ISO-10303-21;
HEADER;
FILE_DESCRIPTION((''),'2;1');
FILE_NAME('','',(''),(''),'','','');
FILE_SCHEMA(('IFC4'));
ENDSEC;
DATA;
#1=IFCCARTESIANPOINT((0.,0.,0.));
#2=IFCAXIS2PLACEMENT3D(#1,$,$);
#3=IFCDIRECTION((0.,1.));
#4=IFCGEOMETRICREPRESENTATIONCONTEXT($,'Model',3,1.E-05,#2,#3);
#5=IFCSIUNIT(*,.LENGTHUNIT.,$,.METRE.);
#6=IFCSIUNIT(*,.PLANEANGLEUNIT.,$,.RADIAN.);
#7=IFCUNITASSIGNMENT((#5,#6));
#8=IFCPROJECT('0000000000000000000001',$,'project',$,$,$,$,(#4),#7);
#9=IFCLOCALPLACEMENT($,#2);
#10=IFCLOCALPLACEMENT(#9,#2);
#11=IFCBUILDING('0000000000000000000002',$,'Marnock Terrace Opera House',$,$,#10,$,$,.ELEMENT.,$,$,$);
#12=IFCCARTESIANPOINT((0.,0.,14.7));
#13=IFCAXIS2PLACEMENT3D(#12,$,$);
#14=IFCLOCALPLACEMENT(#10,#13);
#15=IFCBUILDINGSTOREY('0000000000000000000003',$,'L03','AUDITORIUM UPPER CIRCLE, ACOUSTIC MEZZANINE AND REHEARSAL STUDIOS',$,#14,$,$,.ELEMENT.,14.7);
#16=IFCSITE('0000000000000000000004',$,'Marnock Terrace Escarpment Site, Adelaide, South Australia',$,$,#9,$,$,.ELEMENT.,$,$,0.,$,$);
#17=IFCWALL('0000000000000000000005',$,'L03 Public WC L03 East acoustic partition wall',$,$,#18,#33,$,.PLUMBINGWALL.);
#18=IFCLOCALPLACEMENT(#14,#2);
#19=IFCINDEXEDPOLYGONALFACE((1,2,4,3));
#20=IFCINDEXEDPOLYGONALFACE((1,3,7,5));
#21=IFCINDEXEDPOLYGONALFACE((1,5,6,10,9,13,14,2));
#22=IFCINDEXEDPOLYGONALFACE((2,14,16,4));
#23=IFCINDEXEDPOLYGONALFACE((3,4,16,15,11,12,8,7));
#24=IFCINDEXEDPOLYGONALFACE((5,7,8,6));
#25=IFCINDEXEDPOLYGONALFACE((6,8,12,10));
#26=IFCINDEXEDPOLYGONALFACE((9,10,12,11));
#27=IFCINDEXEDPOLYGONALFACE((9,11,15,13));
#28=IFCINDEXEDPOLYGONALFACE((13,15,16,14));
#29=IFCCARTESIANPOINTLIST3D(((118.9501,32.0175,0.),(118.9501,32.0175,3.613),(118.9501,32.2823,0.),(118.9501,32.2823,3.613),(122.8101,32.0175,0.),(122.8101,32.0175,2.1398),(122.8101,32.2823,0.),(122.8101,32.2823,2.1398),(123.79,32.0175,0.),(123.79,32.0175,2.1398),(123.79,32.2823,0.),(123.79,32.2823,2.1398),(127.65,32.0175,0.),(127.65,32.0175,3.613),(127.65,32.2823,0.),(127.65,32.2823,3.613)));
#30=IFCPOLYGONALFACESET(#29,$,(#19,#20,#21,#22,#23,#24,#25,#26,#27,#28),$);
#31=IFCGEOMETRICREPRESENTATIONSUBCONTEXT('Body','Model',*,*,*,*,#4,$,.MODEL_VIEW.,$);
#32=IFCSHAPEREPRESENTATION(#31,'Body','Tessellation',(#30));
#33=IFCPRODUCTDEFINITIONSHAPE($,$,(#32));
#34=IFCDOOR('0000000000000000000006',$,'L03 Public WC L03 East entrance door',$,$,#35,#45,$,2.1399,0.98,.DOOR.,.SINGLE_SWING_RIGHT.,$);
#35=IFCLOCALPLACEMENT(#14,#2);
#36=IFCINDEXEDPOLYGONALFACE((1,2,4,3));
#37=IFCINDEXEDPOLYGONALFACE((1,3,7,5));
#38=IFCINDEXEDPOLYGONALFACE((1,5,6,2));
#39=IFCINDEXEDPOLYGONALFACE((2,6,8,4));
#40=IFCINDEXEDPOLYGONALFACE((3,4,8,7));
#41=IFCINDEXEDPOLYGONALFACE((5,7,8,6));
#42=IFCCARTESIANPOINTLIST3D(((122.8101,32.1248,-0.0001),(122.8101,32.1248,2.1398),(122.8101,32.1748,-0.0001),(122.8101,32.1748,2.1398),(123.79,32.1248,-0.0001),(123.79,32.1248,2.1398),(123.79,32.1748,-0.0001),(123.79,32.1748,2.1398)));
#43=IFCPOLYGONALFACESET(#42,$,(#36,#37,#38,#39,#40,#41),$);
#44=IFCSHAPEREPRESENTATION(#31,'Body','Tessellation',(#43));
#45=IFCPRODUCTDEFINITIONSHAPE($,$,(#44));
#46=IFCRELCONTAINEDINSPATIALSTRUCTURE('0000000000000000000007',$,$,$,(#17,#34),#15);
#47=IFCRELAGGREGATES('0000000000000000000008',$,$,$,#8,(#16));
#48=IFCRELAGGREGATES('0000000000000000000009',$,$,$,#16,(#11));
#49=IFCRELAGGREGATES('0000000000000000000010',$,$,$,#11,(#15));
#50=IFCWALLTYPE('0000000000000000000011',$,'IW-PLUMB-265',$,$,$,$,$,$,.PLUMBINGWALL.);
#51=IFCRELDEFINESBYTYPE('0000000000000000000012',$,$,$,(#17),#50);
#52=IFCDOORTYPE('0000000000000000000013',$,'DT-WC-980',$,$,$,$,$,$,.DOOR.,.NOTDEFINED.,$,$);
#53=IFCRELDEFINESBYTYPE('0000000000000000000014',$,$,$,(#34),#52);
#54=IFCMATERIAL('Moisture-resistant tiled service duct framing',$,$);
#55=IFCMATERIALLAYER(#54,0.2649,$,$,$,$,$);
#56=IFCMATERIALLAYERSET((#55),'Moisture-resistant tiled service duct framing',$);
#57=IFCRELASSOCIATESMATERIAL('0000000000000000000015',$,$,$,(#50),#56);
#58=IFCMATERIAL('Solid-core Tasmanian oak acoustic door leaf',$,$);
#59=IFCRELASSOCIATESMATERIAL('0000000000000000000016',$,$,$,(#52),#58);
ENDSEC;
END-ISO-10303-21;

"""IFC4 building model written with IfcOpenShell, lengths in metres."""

from ifc_helpers import new_model, si_unit, direction, frame, frame_2d, origin, place, context, subcontext, project, spatial, rectangle, extrude, material, layer, layer_set, type_object, element, fill, save


model = new_model("IFC4")

# Units and contexts
model_context = context("Model", 3, precision=1e-05, world=origin(), true_north=direction((0.0, 1.0)))
body_context = subcontext(model_context, "Body", "Model", "MODEL_VIEW")
ifc_project = project(units=[si_unit("LENGTHUNIT", "METRE"), si_unit("PLANEANGLEUNIT", "RADIAN")], contexts=[model_context])

# Site, building, storey
site_placement = place(None, origin())
site = spatial("IfcSite", under=ifc_project, at=site_placement, Name="Marnock Terrace Escarpment Site, Adelaide, South Australia", CompositionType="ELEMENT", RefElevation=0.0)
building_placement = place(site_placement, origin())
building = spatial("IfcBuilding", under=site, at=building_placement, Name="Marnock Terrace Opera House", CompositionType="ELEMENT")
storey_placement = place(building_placement, frame((0.0, 0.0, 14.7)))
storey = spatial("IfcBuildingStorey", under=building, at=storey_placement, Name="L03", Description="AUDITORIUM UPPER CIRCLE, ACOUSTIC MEZZANINE AND REHEARSAL STUDIOS", CompositionType="ELEMENT", Elevation=14.7)

# Wall, opening, door
ifc_material_1 = material(Name="Solid-core Tasmanian oak acoustic door leaf")
ifc_material_2 = material(Name="Moisture-resistant tiled service duct framing")
ifc_layer_1 = layer(ifc_material_2, 0.2649)
ifc_layer_set_1 = layer_set([ifc_layer_1], Name="Moisture-resistant tiled service duct framing")
wall_type_1 = type_object("IfcWallType", Name="IW-PLUMB-265", PredefinedType="PLUMBINGWALL", material=ifc_layer_set_1)
wall_1_placement = place(storey_placement, frame((118.95, 32.1499, 0.0), z_axis=(0.0, 0.0, 1.0), x_axis=(1.0, 0.0, 0.0)))
wall_1 = element("IfcWall", 1, at=wall_1_placement, inside=storey, type_object=wall_type_1, Name="L03 Public WC L03 East acoustic partition wall", PredefinedType="PLUMBINGWALL", context=body_context, shape_type="SweptSolid", body=[
    extrude(rectangle(XDim=8.7, YDim=0.2649, at=frame_2d((4.3501, 0.0))), origin(), (0.0, 0.0, 1.0), 3.613),
])
opening_1_placement = place(wall_1_placement, frame((3.8601, 0.0, 0.0)))
opening_1 = element("IfcOpeningElement", 2, at=opening_1_placement, cuts=wall_1, PredefinedType="OPENING", context=body_context, shape_type="SweptSolid", body=[
    extrude(rectangle(XDim=0.98, YDim=2.1399, at=frame_2d((0.49, 1.0698))), frame((0.0, 0.1423, 0.0), z_axis=(0.0, -1.0, 0.0), x_axis=(1.0, 0.0, 0.0)), (0.0, 0.0, 1.0), 0.2849),
])
door_type_1 = type_object("IfcDoorType", Name="DT-WC-980", OperationType="NOTDEFINED", PredefinedType="DOOR", material=ifc_material_1)
door_1_placement = place(opening_1_placement, origin())
door_1 = element("IfcDoor", 3, at=door_1_placement, inside=storey, type_object=door_type_1, Name="L03 Public WC L03 East entrance door", OperationType="SINGLE_SWING_RIGHT", OverallHeight=2.1399, OverallWidth=0.98, PredefinedType="DOOR", context=body_context, shape_type="SweptSolid", body=[
    extrude(rectangle(XDim=0.98, YDim=2.1399, at=frame_2d((0.49, 1.0698))), frame((0.0, 0.0249, 0.0), z_axis=(0.0, -1.0, 0.0), x_axis=(1.0, 0.0, 0.0)), (0.0, 0.0, 1.0), 0.05),
])
fill(opening_1, door_1)

save(model, "model.ifc")
